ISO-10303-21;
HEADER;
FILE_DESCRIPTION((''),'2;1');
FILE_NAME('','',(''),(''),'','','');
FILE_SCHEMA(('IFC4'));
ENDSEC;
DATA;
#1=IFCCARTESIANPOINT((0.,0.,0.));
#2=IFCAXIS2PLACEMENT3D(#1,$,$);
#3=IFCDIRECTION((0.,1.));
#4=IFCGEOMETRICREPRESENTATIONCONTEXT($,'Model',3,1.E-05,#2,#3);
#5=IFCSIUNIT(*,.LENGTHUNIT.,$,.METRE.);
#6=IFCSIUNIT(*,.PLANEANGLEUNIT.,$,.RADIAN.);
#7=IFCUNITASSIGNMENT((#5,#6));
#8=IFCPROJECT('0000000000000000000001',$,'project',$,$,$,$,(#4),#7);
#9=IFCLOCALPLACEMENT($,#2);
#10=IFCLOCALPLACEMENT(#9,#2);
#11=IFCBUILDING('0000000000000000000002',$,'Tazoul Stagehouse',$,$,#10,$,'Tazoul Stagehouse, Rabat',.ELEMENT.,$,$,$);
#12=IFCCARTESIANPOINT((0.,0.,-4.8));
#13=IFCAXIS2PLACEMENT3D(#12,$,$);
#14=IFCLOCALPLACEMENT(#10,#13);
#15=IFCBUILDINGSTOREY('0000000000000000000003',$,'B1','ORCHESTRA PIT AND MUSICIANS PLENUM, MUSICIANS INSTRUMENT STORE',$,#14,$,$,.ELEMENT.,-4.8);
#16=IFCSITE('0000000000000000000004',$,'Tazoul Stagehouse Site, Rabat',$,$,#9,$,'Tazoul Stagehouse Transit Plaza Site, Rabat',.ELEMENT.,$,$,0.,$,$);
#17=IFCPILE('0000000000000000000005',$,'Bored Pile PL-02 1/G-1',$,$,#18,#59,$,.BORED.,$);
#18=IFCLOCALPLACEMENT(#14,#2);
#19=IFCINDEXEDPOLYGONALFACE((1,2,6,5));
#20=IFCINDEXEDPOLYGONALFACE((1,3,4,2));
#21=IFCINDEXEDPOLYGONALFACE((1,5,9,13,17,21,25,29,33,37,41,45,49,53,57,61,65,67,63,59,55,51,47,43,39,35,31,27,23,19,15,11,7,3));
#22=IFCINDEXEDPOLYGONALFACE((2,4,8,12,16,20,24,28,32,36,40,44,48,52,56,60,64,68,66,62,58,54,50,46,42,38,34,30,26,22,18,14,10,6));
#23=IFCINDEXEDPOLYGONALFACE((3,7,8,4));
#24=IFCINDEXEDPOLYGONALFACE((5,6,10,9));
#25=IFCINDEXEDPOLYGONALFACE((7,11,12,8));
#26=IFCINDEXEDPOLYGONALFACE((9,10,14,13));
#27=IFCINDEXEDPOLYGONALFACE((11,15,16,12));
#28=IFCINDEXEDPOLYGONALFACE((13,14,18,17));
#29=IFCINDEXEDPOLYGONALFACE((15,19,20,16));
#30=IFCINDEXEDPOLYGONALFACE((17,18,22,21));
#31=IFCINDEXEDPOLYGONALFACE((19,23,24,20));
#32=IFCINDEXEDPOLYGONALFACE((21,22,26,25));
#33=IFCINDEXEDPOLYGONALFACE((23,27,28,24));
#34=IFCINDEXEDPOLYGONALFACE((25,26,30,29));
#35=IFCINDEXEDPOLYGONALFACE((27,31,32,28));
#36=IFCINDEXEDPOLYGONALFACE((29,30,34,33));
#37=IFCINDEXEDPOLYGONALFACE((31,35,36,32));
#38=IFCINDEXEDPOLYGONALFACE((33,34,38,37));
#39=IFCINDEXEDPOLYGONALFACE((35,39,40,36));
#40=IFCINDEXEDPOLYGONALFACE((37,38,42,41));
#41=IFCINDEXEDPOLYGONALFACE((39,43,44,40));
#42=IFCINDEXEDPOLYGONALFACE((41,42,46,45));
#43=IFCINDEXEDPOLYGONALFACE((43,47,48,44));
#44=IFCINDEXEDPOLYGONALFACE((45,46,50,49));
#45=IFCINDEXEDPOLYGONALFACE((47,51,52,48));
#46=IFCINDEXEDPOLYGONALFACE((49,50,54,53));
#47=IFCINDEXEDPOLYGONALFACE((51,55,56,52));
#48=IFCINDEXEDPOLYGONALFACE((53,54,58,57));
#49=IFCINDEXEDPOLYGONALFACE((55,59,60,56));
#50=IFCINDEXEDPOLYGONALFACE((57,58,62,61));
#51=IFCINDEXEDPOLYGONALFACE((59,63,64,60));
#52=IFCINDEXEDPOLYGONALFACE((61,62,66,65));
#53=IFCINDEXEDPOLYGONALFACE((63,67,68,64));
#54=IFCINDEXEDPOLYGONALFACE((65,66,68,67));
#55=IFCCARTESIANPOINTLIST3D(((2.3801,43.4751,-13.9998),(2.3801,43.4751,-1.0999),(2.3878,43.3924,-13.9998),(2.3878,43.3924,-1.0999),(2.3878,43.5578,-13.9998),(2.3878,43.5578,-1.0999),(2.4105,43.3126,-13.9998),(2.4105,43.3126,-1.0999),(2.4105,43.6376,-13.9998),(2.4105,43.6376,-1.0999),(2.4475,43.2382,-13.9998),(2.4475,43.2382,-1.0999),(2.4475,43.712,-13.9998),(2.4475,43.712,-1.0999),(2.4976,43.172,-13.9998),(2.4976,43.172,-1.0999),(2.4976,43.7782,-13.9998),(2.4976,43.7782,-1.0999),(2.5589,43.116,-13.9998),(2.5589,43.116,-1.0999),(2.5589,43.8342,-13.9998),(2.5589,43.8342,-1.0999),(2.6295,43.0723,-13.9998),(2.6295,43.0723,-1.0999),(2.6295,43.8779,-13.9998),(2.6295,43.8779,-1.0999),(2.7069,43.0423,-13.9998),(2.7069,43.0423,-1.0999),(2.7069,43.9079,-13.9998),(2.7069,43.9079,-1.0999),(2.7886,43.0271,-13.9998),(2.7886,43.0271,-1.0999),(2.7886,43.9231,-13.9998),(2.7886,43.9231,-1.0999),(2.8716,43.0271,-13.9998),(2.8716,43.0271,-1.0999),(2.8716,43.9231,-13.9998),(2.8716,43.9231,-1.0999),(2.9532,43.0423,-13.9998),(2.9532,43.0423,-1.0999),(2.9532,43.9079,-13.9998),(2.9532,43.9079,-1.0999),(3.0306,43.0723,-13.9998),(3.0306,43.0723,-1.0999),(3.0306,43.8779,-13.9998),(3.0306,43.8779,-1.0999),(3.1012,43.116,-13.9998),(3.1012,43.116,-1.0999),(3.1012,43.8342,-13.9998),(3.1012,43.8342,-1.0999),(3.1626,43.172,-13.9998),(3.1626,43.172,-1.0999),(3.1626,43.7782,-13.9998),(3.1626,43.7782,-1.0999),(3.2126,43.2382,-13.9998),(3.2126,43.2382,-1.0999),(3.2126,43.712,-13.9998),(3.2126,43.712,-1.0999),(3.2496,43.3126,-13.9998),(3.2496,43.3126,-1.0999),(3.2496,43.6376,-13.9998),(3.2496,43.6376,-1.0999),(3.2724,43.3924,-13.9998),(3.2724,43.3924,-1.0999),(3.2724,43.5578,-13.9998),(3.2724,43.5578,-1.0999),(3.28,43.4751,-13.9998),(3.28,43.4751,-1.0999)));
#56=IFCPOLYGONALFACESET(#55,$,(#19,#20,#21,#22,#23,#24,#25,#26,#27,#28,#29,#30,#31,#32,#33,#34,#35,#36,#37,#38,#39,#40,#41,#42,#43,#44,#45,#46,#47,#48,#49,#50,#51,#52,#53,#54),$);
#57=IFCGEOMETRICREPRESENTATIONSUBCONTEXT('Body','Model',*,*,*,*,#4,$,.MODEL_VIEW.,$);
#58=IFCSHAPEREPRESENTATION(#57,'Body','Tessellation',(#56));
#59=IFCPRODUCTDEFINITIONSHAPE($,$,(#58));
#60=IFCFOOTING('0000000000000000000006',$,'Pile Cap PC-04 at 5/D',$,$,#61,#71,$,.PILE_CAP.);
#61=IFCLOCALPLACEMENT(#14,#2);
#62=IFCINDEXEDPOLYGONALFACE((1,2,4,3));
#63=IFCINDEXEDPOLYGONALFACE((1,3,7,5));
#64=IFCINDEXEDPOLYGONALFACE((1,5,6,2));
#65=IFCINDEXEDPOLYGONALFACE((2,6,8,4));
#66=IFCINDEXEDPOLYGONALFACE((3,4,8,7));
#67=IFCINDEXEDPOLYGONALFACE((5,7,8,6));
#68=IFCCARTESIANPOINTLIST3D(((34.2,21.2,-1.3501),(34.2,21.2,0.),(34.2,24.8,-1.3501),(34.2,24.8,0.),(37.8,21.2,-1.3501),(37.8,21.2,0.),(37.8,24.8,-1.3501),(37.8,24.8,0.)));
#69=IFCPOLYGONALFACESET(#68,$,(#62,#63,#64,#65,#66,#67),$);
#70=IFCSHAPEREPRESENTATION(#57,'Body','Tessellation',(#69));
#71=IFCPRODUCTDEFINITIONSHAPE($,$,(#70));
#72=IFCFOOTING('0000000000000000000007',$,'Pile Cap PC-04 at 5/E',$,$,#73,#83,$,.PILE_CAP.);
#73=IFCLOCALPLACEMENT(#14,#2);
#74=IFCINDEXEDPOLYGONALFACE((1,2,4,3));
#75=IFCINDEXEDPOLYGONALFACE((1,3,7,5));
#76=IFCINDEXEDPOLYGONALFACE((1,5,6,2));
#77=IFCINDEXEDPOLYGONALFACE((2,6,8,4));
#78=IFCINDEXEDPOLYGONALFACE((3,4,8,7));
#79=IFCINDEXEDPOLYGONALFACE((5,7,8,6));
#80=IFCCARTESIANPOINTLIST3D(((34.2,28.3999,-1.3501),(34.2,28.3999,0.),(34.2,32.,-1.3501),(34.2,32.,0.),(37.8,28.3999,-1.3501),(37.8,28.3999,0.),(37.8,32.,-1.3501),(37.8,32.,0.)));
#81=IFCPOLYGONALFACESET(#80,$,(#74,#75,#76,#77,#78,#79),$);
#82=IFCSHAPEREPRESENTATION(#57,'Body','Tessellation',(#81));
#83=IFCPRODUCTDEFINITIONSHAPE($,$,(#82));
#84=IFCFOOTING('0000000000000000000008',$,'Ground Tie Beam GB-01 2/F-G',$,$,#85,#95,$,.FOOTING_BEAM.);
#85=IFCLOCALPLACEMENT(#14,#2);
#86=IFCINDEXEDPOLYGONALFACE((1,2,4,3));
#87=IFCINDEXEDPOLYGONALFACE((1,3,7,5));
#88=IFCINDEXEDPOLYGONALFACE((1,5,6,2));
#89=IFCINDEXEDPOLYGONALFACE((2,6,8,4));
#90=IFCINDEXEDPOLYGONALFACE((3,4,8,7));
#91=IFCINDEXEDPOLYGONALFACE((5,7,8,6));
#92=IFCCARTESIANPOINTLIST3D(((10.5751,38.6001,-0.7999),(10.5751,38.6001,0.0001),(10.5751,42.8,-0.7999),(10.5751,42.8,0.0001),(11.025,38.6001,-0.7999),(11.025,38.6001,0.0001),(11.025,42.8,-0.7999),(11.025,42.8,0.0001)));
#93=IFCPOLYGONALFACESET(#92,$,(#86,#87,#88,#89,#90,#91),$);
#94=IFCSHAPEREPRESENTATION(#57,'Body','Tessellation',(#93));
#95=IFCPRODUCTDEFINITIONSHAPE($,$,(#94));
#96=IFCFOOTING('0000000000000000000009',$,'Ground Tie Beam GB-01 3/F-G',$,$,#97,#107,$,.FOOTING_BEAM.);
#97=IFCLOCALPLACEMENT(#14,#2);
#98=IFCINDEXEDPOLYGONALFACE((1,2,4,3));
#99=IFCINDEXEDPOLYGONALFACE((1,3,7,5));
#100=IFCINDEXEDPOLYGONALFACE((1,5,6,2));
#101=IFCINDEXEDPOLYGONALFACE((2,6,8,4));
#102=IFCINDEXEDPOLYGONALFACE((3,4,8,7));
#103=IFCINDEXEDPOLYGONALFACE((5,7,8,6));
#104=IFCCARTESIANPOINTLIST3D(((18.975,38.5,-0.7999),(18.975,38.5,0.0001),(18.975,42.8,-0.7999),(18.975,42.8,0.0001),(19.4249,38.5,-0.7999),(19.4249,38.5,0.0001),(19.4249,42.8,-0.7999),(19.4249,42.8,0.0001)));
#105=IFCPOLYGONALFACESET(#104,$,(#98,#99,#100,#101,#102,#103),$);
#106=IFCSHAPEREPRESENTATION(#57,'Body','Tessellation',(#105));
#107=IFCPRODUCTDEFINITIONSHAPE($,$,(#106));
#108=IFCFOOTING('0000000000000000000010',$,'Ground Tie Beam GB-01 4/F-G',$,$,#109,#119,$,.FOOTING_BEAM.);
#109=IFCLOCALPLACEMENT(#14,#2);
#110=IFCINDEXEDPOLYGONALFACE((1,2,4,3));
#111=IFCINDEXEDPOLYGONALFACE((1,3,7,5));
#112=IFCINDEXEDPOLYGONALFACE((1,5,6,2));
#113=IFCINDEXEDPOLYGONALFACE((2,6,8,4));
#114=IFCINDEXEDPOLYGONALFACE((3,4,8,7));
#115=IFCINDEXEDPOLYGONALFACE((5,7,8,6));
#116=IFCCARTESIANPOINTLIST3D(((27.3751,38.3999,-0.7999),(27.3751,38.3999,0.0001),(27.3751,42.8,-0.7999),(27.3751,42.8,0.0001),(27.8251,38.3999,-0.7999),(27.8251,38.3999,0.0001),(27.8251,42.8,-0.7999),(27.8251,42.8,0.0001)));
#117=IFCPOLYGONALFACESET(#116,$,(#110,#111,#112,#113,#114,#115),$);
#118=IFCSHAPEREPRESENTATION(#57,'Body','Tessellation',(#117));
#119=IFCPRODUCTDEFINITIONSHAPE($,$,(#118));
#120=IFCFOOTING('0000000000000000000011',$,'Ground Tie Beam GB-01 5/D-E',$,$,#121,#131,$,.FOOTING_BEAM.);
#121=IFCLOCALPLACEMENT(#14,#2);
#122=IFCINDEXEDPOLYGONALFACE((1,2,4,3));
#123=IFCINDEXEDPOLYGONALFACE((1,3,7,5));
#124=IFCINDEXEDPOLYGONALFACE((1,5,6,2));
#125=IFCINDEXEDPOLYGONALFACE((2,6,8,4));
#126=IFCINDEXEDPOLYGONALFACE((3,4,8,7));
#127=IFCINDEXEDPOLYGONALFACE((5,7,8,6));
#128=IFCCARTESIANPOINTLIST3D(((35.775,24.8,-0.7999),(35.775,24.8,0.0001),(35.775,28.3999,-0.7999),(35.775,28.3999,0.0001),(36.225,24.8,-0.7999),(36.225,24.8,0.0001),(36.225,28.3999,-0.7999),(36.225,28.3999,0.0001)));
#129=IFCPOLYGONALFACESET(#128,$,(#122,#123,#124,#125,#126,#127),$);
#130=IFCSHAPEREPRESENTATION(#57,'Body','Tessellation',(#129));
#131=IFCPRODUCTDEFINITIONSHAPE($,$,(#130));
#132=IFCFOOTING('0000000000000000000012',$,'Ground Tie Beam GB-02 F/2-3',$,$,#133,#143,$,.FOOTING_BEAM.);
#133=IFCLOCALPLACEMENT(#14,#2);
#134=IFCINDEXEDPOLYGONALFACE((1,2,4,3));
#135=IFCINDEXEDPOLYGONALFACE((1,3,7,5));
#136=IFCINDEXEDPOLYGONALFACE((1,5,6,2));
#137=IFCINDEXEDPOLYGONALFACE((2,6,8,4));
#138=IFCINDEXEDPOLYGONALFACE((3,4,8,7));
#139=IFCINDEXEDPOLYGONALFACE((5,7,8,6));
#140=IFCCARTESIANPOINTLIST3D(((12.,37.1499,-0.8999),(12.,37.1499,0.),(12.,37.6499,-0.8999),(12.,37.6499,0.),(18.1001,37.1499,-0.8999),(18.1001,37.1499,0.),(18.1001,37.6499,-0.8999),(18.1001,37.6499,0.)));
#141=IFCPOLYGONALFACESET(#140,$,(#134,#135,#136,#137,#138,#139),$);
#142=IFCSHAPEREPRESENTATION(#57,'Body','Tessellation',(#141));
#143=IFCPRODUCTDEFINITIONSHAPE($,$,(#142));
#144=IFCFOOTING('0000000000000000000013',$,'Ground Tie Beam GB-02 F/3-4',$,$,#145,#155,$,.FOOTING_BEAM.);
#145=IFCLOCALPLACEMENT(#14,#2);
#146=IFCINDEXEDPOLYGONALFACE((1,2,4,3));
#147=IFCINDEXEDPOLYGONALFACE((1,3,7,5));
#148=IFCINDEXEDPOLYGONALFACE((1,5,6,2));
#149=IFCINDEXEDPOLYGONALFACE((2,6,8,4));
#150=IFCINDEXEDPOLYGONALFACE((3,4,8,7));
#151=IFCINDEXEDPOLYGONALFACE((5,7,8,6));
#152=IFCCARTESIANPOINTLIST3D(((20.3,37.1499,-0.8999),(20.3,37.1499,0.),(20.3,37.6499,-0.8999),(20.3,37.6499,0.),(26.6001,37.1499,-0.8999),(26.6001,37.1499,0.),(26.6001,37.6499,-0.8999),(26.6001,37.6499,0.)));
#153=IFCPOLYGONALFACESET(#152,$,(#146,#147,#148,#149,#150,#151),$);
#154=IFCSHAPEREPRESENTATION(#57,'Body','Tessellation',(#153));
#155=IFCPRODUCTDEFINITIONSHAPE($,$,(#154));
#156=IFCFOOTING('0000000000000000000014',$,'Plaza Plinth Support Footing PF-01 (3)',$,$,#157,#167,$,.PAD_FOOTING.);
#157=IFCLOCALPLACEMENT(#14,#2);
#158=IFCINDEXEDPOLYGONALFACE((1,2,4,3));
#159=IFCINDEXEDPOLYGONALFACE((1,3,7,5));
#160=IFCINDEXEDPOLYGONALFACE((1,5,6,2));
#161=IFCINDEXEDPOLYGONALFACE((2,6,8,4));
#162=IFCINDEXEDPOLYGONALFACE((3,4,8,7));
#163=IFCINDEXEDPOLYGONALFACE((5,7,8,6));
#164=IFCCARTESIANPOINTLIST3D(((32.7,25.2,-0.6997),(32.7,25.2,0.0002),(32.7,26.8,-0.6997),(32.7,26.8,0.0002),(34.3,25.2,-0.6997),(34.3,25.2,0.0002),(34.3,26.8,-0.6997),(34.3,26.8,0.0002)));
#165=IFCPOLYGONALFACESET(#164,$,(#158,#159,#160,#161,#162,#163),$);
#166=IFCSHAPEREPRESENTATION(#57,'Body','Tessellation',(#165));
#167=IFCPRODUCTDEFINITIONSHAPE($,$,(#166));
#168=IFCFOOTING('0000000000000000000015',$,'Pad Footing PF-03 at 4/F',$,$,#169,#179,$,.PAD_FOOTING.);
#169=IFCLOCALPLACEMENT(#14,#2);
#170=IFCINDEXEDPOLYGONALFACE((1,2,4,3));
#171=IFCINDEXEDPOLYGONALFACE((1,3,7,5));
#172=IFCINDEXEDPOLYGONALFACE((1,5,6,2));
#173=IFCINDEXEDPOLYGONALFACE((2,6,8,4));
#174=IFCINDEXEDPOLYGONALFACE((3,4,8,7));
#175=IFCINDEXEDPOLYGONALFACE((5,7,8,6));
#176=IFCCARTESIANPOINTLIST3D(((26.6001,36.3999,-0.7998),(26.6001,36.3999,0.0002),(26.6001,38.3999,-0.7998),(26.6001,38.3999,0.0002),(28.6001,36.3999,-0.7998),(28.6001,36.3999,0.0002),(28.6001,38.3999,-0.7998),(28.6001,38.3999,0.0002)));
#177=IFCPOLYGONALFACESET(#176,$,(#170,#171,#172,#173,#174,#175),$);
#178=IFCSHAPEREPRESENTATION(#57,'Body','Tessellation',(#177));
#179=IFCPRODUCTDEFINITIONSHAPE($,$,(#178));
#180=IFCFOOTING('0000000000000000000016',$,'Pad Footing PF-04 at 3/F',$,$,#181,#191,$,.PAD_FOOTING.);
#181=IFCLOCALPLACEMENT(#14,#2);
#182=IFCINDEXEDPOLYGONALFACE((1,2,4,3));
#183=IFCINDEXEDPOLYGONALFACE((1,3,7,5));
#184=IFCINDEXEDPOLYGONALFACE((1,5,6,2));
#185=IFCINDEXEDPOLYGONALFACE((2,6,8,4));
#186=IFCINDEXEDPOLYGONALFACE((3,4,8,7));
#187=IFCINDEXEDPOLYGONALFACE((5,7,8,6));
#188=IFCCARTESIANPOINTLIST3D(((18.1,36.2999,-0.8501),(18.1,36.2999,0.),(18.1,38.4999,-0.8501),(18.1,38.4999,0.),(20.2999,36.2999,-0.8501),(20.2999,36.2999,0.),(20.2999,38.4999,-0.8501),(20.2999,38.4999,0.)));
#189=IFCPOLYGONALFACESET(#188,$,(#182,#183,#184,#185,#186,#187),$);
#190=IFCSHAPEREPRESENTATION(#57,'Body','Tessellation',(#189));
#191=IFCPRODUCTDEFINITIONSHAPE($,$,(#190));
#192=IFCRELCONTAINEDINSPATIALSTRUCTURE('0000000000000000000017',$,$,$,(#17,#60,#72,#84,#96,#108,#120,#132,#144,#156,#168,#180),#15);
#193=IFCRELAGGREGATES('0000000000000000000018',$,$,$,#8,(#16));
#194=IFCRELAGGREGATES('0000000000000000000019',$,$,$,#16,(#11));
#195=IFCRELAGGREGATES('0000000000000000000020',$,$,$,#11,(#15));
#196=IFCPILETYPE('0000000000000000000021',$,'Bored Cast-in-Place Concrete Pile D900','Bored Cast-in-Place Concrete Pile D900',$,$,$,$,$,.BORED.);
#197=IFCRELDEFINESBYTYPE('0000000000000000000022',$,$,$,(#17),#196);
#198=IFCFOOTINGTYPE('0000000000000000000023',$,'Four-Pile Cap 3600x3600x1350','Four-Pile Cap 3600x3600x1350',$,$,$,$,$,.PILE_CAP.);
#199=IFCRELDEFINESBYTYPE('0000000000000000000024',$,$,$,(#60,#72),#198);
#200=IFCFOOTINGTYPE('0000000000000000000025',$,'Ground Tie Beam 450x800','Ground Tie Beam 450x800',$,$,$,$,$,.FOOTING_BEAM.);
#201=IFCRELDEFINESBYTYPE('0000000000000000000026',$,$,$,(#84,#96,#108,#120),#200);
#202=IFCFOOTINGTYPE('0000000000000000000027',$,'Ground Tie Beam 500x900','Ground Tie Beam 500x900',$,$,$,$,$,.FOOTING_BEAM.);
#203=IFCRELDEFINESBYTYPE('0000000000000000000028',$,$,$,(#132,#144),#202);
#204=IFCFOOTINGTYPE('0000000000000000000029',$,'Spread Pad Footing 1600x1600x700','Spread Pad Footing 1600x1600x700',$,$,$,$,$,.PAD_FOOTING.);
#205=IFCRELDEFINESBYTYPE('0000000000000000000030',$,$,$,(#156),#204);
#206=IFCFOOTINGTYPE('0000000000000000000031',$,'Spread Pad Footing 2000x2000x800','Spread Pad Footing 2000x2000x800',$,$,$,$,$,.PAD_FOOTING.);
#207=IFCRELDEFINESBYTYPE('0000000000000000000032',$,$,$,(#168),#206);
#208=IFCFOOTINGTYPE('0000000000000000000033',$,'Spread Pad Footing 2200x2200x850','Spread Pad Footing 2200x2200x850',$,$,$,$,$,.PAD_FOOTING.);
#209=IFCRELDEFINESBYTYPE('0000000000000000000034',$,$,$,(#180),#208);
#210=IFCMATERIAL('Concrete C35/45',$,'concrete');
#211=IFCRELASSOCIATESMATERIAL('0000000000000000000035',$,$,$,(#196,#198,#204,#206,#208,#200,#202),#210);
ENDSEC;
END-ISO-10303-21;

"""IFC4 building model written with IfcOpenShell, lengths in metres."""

from ifc_helpers import new_model, si_unit, direction, frame, origin, origin_2d, place, context, subcontext, project, spatial, rectangle, circle, extrude, material, material_profile, profile_set, type_object, element, save


model = new_model("IFC4")

# Units and contexts
model_context = context("Model", 3, precision=1e-05, world=origin(), true_north=direction((0.0, 1.0)))
body_context = subcontext(model_context, "Body", "Model", "MODEL_VIEW")
ifc_project = project(units=[si_unit("LENGTHUNIT", "METRE"), si_unit("PLANEANGLEUNIT", "RADIAN")], contexts=[model_context])

# Site, building, storey
site_placement = place(None, origin())
site = spatial("IfcSite", under=ifc_project, at=site_placement, Name="Tazoul Stagehouse Site, Rabat", LongName="Tazoul Stagehouse Transit Plaza Site, Rabat", CompositionType="ELEMENT", RefElevation=0.0)
building_placement = place(site_placement, origin())
building = spatial("IfcBuilding", under=site, at=building_placement, Name="Tazoul Stagehouse", LongName="Tazoul Stagehouse, Rabat", CompositionType="ELEMENT")
storey_placement = place(building_placement, frame((0.0, 0.0, -4.8)))
storey = spatial("IfcBuildingStorey", under=building, at=storey_placement, Name="B1", Description="ORCHESTRA PIT AND MUSICIANS PLENUM, MUSICIANS INSTRUMENT STORE", CompositionType="ELEMENT", Elevation=-4.8)

# Pile
ifc_material_1 = material(Name="Concrete C35/45", Category="concrete")
ifc_material_profile_1 = material_profile(ifc_material_1, circle(Radius=0.45, at=origin_2d()), Name="BORED PILE 900")
ifc_profile_set_1 = profile_set([ifc_material_profile_1], Name="Concrete C35/45")
pile_type_1 = type_object("IfcPileType", Name="Bored Cast-in-Place Concrete Pile D900", Description="Bored Cast-in-Place Concrete Pile D900", PredefinedType="BORED", material=ifc_profile_set_1)
pile_placement = place(storey_placement, frame((2.8301, 43.4751, -1.0999), z_axis=(0.0, 0.0, -1.0), x_axis=(1.0, 0.0, 0.0)))
element("IfcPile", 1, at=pile_placement, inside=storey, type_object=pile_type_1, Name="Bored Pile PL-02 1/G-1", PredefinedType="BORED", context=body_context, shape_type="SweptSolid", body=[
    extrude(circle(Radius=0.45, at=origin_2d()), origin(), (0.0, 0.0, 1.0), 12.8999),
])

# Footings
footing_type_1 = type_object("IfcFootingType", Name="Four-Pile Cap 3600x3600x1350", Description="Four-Pile Cap 3600x3600x1350", PredefinedType="PILE_CAP", material=ifc_material_1)
for number, where, z_axis, x_axis, name in (
    (2, (36.0, 23.0, -1.3501), (0.0, 0.0, 1.0), (1.0, 0.0, 0.0), "Pile Cap PC-04 at 5/D"),
    (3, (36.0, 30.2, -1.3501), (0.0, 0.0, 1.0), (1.0, 0.0, 0.0), "Pile Cap PC-04 at 5/E"),
):
    element("IfcFooting", number, at=place(storey_placement, frame(where, z_axis=z_axis, x_axis=x_axis)), inside=storey, type_object=footing_type_1, Name=name, PredefinedType="PILE_CAP", context=body_context, shape_type="SweptSolid", body=[
        extrude(rectangle(XDim=3.6001, YDim=3.6001, at=origin_2d()), origin(), (0.0, 0.0, 1.0), 1.3501),
    ])
ifc_material_profile_2 = material_profile(ifc_material_1, rectangle(XDim=0.45, YDim=0.8, at=origin_2d()), Name="RC 450x800")
ifc_profile_set_2 = profile_set([ifc_material_profile_2], Name="Concrete C35/45")
footing_type_2 = type_object("IfcFootingType", Name="Ground Tie Beam 450x800", Description="Ground Tie Beam 450x800", PredefinedType="FOOTING_BEAM", material=ifc_profile_set_2)
footing_1_placement = place(storey_placement, frame((10.8, 38.6001, -0.3999), z_axis=(0.0, 1.0, 0.0), x_axis=(-1.0, 0.0, 0.0)))
element("IfcFooting", 4, at=footing_1_placement, inside=storey, type_object=footing_type_2, Name="Ground Tie Beam GB-01 2/F-G", PredefinedType="FOOTING_BEAM", context=body_context, shape_type="SweptSolid", body=[
    extrude(rectangle(XDim=0.45, YDim=0.8, at=origin_2d()), origin(), (0.0, 0.0, 1.0), 4.2),
])
footing_2_placement = place(storey_placement, frame((19.2, 38.5, -0.3999), z_axis=(0.0, 1.0, 0.0), x_axis=(-1.0, 0.0, 0.0)))
element("IfcFooting", 5, at=footing_2_placement, inside=storey, type_object=footing_type_2, Name="Ground Tie Beam GB-01 3/F-G", PredefinedType="FOOTING_BEAM", context=body_context, shape_type="SweptSolid", body=[
    extrude(rectangle(XDim=0.45, YDim=0.8, at=origin_2d()), origin(), (0.0, 0.0, 1.0), 4.3),
])
footing_3_placement = place(storey_placement, frame((27.6001, 38.3999, -0.3999), z_axis=(0.0, 1.0, 0.0), x_axis=(-1.0, 0.0, 0.0)))
element("IfcFooting", 6, at=footing_3_placement, inside=storey, type_object=footing_type_2, Name="Ground Tie Beam GB-01 4/F-G", PredefinedType="FOOTING_BEAM", context=body_context, shape_type="SweptSolid", body=[
    extrude(rectangle(XDim=0.45, YDim=0.8, at=origin_2d()), origin(), (0.0, 0.0, 1.0), 4.4001),
])
footing_4_placement = place(storey_placement, frame((36.0, 24.8, -0.3999), z_axis=(0.0, 1.0, 0.0), x_axis=(-1.0, 0.0, 0.0)))
element("IfcFooting", 7, at=footing_4_placement, inside=storey, type_object=footing_type_2, Name="Ground Tie Beam GB-01 5/D-E", PredefinedType="FOOTING_BEAM", context=body_context, shape_type="SweptSolid", body=[
    extrude(rectangle(XDim=0.45, YDim=0.8, at=origin_2d()), origin(), (0.0, 0.0, 1.0), 3.5999),
])
ifc_material_profile_3 = material_profile(ifc_material_1, rectangle(XDim=0.5, YDim=0.8999, at=origin_2d()), Name="RC 500x900")
ifc_profile_set_3 = profile_set([ifc_material_profile_3], Name="Concrete C35/45")
footing_type_3 = type_object("IfcFootingType", Name="Ground Tie Beam 500x900", Description="Ground Tie Beam 500x900", PredefinedType="FOOTING_BEAM", material=ifc_profile_set_3)
footing_5_placement = place(storey_placement, frame((12.0, 37.3999, -0.45), z_axis=(1.0, 0.0, 0.0), x_axis=(0.0, 1.0, 0.0)))
element("IfcFooting", 8, at=footing_5_placement, inside=storey, type_object=footing_type_3, Name="Ground Tie Beam GB-02 F/2-3", PredefinedType="FOOTING_BEAM", context=body_context, shape_type="SweptSolid", body=[
    extrude(rectangle(XDim=0.5, YDim=0.8999, at=origin_2d()), origin(), (0.0, 0.0, 1.0), 6.1001),
])
footing_6_placement = place(storey_placement, frame((20.3, 37.3999, -0.45), z_axis=(1.0, 0.0, 0.0), x_axis=(0.0, 1.0, 0.0)))
element("IfcFooting", 9, at=footing_6_placement, inside=storey, type_object=footing_type_3, Name="Ground Tie Beam GB-02 F/3-4", PredefinedType="FOOTING_BEAM", context=body_context, shape_type="SweptSolid", body=[
    extrude(rectangle(XDim=0.5, YDim=0.8999, at=origin_2d()), origin(), (0.0, 0.0, 1.0), 6.3),
])
footing_type_4 = type_object("IfcFootingType", Name="Spread Pad Footing 1600x1600x700", Description="Spread Pad Footing 1600x1600x700", PredefinedType="PAD_FOOTING", material=ifc_material_1)
footing_7_placement = place(storey_placement, frame((33.5, 26.0, -0.6997), z_axis=(0.0, 0.0, 1.0), x_axis=(1.0, 0.0, 0.0)))
element("IfcFooting", 10, at=footing_7_placement, inside=storey, type_object=footing_type_4, Name="Plaza Plinth Support Footing PF-01 (3)", PredefinedType="PAD_FOOTING", context=body_context, shape_type="SweptSolid", body=[
    extrude(rectangle(XDim=1.6001, YDim=1.6001, at=origin_2d()), origin(), (0.0, 0.0, 1.0), 0.7),
])
footing_type_5 = type_object("IfcFootingType", Name="Spread Pad Footing 2000x2000x800", Description="Spread Pad Footing 2000x2000x800", PredefinedType="PAD_FOOTING", material=ifc_material_1)
footing_8_placement = place(storey_placement, frame((27.6001, 37.3999, -0.7998), z_axis=(0.0, 0.0, 1.0), x_axis=(1.0, 0.0, 0.0)))
element("IfcFooting", 11, at=footing_8_placement, inside=storey, type_object=footing_type_5, Name="Pad Footing PF-03 at 4/F", PredefinedType="PAD_FOOTING", context=body_context, shape_type="SweptSolid", body=[
    extrude(rectangle(XDim=2.0, YDim=2.0, at=origin_2d()), origin(), (0.0, 0.0, 1.0), 0.8),
])
footing_type_6 = type_object("IfcFootingType", Name="Spread Pad Footing 2200x2200x850", Description="Spread Pad Footing 2200x2200x850", PredefinedType="PAD_FOOTING", material=ifc_material_1)
footing_9_placement = place(storey_placement, frame((19.2, 37.3999, -0.8501), z_axis=(0.0, 0.0, 1.0), x_axis=(1.0, 0.0, 0.0)))
element("IfcFooting", 12, at=footing_9_placement, inside=storey, type_object=footing_type_6, Name="Pad Footing PF-04 at 3/F", PredefinedType="PAD_FOOTING", context=body_context, shape_type="SweptSolid", body=[
    extrude(rectangle(XDim=2.2, YDim=2.2, at=origin_2d()), origin(), (0.0, 0.0, 1.0), 0.8501),
])

save(model, "model.ifc")
